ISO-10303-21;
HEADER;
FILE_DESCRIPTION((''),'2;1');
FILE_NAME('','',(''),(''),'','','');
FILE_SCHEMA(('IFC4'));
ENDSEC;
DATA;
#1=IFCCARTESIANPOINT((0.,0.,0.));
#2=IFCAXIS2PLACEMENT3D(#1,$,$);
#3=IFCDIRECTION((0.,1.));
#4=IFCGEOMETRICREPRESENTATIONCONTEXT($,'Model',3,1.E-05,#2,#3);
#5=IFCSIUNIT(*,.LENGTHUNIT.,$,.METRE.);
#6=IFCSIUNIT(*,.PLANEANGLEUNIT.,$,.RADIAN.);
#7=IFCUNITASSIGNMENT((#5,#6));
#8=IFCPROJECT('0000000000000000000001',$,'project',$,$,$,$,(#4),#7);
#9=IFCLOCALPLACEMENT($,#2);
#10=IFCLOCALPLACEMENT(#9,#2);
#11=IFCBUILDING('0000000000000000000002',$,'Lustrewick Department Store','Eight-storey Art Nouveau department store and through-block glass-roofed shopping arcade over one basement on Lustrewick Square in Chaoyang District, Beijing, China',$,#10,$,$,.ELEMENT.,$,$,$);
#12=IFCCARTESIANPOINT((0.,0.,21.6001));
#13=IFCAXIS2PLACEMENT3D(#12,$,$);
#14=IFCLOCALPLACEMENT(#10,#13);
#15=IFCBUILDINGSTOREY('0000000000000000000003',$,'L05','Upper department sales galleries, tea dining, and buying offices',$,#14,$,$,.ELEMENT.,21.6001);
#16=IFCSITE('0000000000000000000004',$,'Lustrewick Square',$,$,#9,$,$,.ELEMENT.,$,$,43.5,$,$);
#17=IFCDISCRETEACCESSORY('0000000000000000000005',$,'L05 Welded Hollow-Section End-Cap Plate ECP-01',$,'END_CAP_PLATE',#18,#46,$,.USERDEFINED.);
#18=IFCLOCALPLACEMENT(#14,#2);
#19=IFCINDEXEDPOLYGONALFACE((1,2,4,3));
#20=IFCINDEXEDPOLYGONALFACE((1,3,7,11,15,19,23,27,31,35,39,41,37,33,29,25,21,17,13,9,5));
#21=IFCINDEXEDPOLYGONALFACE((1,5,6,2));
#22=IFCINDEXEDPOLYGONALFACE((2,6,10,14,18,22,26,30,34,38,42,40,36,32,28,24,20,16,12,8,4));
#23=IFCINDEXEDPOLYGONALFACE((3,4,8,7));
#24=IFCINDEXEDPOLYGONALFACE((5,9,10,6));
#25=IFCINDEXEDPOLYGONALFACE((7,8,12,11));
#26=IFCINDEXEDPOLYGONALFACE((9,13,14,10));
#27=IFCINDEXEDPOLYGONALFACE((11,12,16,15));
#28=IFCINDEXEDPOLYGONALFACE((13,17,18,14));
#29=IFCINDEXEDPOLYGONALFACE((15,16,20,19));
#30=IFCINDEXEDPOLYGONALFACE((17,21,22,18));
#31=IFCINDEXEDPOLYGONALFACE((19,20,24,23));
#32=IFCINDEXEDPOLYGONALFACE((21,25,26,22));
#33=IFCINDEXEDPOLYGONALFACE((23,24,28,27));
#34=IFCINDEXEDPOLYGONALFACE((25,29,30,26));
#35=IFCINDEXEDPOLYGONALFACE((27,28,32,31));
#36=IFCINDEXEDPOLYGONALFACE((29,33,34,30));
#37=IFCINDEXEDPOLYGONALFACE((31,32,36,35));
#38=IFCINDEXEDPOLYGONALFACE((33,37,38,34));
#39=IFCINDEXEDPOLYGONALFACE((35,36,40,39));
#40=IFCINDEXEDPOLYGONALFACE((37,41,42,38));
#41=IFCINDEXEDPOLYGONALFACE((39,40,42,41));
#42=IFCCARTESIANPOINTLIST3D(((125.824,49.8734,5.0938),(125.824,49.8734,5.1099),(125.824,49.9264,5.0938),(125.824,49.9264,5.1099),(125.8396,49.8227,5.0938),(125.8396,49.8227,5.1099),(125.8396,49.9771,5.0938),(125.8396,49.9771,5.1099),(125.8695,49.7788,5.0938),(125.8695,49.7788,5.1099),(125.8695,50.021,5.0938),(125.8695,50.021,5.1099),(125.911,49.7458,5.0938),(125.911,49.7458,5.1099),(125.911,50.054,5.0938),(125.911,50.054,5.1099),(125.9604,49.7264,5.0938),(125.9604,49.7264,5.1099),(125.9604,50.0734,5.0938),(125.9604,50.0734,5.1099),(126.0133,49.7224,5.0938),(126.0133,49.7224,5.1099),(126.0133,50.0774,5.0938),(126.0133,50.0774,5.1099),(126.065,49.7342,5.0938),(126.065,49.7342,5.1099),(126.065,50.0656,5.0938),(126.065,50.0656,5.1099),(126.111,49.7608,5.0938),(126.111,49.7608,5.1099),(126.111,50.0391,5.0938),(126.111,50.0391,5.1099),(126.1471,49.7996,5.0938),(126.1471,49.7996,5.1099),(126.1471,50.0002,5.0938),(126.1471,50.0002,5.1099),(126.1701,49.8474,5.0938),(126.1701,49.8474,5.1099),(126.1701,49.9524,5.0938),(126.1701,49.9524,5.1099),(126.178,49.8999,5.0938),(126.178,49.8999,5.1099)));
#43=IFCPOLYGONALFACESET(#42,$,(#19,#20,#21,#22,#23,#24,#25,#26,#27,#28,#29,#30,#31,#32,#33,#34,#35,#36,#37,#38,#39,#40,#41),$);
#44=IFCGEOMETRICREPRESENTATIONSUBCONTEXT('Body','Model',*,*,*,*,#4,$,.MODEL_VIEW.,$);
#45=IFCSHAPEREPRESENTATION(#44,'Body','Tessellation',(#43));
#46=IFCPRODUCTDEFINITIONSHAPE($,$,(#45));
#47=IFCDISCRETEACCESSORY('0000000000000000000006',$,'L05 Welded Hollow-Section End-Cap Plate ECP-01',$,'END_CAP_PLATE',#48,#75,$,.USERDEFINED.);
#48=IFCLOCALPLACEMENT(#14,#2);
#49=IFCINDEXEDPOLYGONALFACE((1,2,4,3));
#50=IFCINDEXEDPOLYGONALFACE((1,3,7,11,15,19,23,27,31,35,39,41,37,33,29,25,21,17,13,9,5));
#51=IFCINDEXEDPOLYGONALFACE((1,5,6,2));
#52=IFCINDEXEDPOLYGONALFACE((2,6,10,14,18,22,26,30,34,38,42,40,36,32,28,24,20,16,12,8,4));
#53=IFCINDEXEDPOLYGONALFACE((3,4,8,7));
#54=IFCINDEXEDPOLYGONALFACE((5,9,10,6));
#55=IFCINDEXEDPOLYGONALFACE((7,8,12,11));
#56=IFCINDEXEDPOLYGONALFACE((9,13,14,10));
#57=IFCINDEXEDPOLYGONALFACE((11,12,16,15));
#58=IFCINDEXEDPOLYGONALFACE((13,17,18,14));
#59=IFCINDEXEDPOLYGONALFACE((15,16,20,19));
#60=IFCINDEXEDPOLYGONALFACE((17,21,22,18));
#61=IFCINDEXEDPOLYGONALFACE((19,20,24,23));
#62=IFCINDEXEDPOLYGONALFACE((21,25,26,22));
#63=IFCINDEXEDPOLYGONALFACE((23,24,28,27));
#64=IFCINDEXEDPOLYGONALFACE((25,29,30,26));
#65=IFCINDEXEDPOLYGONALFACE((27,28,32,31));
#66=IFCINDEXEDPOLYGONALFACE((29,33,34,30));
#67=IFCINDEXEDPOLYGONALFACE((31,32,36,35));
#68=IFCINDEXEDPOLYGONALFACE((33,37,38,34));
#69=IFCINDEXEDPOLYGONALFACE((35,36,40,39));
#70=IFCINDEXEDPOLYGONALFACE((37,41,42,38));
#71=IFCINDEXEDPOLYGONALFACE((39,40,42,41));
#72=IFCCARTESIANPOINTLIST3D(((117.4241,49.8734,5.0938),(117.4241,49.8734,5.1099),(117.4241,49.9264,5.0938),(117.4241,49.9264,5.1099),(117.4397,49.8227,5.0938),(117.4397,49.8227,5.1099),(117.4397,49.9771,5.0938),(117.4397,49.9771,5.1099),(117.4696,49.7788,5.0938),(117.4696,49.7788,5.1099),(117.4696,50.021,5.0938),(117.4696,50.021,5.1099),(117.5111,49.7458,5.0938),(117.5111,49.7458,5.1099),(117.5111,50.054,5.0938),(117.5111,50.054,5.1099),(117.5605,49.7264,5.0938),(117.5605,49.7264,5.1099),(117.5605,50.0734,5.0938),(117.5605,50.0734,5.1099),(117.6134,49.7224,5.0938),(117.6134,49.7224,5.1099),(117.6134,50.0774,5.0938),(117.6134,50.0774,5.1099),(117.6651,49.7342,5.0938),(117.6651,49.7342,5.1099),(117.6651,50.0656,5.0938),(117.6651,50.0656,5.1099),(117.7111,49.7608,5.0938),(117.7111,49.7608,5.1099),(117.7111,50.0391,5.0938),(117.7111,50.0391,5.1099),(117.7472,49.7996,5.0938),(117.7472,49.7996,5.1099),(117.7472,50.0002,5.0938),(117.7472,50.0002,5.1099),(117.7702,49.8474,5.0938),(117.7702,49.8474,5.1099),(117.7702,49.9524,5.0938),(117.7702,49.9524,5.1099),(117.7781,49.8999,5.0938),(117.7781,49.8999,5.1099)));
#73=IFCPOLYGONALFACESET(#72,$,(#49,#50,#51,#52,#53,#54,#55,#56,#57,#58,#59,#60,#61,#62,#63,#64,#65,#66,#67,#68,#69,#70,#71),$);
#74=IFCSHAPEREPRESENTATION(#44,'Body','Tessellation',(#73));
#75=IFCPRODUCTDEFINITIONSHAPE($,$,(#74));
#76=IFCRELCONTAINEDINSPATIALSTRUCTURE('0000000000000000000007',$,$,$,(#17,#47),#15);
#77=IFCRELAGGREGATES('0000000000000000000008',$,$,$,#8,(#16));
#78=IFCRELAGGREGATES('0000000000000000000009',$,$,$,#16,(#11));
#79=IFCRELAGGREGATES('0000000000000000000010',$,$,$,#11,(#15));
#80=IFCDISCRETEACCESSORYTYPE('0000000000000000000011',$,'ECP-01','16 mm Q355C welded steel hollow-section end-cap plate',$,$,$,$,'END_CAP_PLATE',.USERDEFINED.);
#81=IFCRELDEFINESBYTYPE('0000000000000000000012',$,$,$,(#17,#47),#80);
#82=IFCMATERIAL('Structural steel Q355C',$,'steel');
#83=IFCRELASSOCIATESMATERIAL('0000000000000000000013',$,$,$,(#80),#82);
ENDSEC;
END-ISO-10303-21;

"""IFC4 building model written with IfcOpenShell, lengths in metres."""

from ifc_helpers import new_model, si_unit, direction, frame, origin, origin_2d, place, context, subcontext, project, spatial, circle, extrude, material, type_object, element, save


model = new_model("IFC4")

# Units and contexts
model_context = context("Model", 3, precision=1e-05, world=origin(), true_north=direction((0.0, 1.0)))
body_context = subcontext(model_context, "Body", "Model", "MODEL_VIEW")
ifc_project = project(units=[si_unit("LENGTHUNIT", "METRE"), si_unit("PLANEANGLEUNIT", "RADIAN")], contexts=[model_context])

# Site, building, storey
site_placement = place(None, origin())
site = spatial("IfcSite", under=ifc_project, at=site_placement, Name="Lustrewick Square", CompositionType="ELEMENT", RefElevation=43.5)
building_placement = place(site_placement, origin())
building = spatial("IfcBuilding", under=site, at=building_placement, Name="Lustrewick Department Store", Description="Eight-storey Art Nouveau department store and through-block glass-roofed shopping arcade over one basement on Lustrewick Square in Chaoyang District, Beijing, China", CompositionType="ELEMENT")
storey_placement = place(building_placement, frame((0.0, 0.0, 21.6001)))
storey = spatial("IfcBuildingStorey", under=building, at=storey_placement, Name="L05", Description="Upper department sales galleries, tea dining, and buying offices", CompositionType="ELEMENT", Elevation=21.6001)

# Discrete accessories
ifc_material_1 = material(Name="Structural steel Q355C", Category="steel")
discrete_accessory_type = type_object("IfcDiscreteAccessoryType", Name="ECP-01", Description="16 mm Q355C welded steel hollow-section end-cap plate", ElementType="END_CAP_PLATE", PredefinedType="USERDEFINED", material=ifc_material_1)
for number, where, z_axis, x_axis, name in (
    (1, (126.0, 49.8999, 5.0938), (0.0, 0.0, 1.0), (1.0, 0.0, 0.0), "L05 Welded Hollow-Section End-Cap Plate ECP-01"),
    (2, (117.6001, 49.8999, 5.0938), (0.0, 0.0, 1.0), (1.0, 0.0, 0.0), "L05 Welded Hollow-Section End-Cap Plate ECP-01"),
):
    element("IfcDiscreteAccessory", number, at=place(storey_placement, frame(where, z_axis=z_axis, x_axis=x_axis)), inside=storey, type_object=discrete_accessory_type, Name=name, ObjectType="END_CAP_PLATE", PredefinedType="USERDEFINED", context=body_context, shape_type="SweptSolid", body=[
        extrude(circle(Radius=0.178, at=origin_2d()), origin(), (0.0, 0.0, 1.0), 0.0161),
    ])

save(model, "model.ifc")
